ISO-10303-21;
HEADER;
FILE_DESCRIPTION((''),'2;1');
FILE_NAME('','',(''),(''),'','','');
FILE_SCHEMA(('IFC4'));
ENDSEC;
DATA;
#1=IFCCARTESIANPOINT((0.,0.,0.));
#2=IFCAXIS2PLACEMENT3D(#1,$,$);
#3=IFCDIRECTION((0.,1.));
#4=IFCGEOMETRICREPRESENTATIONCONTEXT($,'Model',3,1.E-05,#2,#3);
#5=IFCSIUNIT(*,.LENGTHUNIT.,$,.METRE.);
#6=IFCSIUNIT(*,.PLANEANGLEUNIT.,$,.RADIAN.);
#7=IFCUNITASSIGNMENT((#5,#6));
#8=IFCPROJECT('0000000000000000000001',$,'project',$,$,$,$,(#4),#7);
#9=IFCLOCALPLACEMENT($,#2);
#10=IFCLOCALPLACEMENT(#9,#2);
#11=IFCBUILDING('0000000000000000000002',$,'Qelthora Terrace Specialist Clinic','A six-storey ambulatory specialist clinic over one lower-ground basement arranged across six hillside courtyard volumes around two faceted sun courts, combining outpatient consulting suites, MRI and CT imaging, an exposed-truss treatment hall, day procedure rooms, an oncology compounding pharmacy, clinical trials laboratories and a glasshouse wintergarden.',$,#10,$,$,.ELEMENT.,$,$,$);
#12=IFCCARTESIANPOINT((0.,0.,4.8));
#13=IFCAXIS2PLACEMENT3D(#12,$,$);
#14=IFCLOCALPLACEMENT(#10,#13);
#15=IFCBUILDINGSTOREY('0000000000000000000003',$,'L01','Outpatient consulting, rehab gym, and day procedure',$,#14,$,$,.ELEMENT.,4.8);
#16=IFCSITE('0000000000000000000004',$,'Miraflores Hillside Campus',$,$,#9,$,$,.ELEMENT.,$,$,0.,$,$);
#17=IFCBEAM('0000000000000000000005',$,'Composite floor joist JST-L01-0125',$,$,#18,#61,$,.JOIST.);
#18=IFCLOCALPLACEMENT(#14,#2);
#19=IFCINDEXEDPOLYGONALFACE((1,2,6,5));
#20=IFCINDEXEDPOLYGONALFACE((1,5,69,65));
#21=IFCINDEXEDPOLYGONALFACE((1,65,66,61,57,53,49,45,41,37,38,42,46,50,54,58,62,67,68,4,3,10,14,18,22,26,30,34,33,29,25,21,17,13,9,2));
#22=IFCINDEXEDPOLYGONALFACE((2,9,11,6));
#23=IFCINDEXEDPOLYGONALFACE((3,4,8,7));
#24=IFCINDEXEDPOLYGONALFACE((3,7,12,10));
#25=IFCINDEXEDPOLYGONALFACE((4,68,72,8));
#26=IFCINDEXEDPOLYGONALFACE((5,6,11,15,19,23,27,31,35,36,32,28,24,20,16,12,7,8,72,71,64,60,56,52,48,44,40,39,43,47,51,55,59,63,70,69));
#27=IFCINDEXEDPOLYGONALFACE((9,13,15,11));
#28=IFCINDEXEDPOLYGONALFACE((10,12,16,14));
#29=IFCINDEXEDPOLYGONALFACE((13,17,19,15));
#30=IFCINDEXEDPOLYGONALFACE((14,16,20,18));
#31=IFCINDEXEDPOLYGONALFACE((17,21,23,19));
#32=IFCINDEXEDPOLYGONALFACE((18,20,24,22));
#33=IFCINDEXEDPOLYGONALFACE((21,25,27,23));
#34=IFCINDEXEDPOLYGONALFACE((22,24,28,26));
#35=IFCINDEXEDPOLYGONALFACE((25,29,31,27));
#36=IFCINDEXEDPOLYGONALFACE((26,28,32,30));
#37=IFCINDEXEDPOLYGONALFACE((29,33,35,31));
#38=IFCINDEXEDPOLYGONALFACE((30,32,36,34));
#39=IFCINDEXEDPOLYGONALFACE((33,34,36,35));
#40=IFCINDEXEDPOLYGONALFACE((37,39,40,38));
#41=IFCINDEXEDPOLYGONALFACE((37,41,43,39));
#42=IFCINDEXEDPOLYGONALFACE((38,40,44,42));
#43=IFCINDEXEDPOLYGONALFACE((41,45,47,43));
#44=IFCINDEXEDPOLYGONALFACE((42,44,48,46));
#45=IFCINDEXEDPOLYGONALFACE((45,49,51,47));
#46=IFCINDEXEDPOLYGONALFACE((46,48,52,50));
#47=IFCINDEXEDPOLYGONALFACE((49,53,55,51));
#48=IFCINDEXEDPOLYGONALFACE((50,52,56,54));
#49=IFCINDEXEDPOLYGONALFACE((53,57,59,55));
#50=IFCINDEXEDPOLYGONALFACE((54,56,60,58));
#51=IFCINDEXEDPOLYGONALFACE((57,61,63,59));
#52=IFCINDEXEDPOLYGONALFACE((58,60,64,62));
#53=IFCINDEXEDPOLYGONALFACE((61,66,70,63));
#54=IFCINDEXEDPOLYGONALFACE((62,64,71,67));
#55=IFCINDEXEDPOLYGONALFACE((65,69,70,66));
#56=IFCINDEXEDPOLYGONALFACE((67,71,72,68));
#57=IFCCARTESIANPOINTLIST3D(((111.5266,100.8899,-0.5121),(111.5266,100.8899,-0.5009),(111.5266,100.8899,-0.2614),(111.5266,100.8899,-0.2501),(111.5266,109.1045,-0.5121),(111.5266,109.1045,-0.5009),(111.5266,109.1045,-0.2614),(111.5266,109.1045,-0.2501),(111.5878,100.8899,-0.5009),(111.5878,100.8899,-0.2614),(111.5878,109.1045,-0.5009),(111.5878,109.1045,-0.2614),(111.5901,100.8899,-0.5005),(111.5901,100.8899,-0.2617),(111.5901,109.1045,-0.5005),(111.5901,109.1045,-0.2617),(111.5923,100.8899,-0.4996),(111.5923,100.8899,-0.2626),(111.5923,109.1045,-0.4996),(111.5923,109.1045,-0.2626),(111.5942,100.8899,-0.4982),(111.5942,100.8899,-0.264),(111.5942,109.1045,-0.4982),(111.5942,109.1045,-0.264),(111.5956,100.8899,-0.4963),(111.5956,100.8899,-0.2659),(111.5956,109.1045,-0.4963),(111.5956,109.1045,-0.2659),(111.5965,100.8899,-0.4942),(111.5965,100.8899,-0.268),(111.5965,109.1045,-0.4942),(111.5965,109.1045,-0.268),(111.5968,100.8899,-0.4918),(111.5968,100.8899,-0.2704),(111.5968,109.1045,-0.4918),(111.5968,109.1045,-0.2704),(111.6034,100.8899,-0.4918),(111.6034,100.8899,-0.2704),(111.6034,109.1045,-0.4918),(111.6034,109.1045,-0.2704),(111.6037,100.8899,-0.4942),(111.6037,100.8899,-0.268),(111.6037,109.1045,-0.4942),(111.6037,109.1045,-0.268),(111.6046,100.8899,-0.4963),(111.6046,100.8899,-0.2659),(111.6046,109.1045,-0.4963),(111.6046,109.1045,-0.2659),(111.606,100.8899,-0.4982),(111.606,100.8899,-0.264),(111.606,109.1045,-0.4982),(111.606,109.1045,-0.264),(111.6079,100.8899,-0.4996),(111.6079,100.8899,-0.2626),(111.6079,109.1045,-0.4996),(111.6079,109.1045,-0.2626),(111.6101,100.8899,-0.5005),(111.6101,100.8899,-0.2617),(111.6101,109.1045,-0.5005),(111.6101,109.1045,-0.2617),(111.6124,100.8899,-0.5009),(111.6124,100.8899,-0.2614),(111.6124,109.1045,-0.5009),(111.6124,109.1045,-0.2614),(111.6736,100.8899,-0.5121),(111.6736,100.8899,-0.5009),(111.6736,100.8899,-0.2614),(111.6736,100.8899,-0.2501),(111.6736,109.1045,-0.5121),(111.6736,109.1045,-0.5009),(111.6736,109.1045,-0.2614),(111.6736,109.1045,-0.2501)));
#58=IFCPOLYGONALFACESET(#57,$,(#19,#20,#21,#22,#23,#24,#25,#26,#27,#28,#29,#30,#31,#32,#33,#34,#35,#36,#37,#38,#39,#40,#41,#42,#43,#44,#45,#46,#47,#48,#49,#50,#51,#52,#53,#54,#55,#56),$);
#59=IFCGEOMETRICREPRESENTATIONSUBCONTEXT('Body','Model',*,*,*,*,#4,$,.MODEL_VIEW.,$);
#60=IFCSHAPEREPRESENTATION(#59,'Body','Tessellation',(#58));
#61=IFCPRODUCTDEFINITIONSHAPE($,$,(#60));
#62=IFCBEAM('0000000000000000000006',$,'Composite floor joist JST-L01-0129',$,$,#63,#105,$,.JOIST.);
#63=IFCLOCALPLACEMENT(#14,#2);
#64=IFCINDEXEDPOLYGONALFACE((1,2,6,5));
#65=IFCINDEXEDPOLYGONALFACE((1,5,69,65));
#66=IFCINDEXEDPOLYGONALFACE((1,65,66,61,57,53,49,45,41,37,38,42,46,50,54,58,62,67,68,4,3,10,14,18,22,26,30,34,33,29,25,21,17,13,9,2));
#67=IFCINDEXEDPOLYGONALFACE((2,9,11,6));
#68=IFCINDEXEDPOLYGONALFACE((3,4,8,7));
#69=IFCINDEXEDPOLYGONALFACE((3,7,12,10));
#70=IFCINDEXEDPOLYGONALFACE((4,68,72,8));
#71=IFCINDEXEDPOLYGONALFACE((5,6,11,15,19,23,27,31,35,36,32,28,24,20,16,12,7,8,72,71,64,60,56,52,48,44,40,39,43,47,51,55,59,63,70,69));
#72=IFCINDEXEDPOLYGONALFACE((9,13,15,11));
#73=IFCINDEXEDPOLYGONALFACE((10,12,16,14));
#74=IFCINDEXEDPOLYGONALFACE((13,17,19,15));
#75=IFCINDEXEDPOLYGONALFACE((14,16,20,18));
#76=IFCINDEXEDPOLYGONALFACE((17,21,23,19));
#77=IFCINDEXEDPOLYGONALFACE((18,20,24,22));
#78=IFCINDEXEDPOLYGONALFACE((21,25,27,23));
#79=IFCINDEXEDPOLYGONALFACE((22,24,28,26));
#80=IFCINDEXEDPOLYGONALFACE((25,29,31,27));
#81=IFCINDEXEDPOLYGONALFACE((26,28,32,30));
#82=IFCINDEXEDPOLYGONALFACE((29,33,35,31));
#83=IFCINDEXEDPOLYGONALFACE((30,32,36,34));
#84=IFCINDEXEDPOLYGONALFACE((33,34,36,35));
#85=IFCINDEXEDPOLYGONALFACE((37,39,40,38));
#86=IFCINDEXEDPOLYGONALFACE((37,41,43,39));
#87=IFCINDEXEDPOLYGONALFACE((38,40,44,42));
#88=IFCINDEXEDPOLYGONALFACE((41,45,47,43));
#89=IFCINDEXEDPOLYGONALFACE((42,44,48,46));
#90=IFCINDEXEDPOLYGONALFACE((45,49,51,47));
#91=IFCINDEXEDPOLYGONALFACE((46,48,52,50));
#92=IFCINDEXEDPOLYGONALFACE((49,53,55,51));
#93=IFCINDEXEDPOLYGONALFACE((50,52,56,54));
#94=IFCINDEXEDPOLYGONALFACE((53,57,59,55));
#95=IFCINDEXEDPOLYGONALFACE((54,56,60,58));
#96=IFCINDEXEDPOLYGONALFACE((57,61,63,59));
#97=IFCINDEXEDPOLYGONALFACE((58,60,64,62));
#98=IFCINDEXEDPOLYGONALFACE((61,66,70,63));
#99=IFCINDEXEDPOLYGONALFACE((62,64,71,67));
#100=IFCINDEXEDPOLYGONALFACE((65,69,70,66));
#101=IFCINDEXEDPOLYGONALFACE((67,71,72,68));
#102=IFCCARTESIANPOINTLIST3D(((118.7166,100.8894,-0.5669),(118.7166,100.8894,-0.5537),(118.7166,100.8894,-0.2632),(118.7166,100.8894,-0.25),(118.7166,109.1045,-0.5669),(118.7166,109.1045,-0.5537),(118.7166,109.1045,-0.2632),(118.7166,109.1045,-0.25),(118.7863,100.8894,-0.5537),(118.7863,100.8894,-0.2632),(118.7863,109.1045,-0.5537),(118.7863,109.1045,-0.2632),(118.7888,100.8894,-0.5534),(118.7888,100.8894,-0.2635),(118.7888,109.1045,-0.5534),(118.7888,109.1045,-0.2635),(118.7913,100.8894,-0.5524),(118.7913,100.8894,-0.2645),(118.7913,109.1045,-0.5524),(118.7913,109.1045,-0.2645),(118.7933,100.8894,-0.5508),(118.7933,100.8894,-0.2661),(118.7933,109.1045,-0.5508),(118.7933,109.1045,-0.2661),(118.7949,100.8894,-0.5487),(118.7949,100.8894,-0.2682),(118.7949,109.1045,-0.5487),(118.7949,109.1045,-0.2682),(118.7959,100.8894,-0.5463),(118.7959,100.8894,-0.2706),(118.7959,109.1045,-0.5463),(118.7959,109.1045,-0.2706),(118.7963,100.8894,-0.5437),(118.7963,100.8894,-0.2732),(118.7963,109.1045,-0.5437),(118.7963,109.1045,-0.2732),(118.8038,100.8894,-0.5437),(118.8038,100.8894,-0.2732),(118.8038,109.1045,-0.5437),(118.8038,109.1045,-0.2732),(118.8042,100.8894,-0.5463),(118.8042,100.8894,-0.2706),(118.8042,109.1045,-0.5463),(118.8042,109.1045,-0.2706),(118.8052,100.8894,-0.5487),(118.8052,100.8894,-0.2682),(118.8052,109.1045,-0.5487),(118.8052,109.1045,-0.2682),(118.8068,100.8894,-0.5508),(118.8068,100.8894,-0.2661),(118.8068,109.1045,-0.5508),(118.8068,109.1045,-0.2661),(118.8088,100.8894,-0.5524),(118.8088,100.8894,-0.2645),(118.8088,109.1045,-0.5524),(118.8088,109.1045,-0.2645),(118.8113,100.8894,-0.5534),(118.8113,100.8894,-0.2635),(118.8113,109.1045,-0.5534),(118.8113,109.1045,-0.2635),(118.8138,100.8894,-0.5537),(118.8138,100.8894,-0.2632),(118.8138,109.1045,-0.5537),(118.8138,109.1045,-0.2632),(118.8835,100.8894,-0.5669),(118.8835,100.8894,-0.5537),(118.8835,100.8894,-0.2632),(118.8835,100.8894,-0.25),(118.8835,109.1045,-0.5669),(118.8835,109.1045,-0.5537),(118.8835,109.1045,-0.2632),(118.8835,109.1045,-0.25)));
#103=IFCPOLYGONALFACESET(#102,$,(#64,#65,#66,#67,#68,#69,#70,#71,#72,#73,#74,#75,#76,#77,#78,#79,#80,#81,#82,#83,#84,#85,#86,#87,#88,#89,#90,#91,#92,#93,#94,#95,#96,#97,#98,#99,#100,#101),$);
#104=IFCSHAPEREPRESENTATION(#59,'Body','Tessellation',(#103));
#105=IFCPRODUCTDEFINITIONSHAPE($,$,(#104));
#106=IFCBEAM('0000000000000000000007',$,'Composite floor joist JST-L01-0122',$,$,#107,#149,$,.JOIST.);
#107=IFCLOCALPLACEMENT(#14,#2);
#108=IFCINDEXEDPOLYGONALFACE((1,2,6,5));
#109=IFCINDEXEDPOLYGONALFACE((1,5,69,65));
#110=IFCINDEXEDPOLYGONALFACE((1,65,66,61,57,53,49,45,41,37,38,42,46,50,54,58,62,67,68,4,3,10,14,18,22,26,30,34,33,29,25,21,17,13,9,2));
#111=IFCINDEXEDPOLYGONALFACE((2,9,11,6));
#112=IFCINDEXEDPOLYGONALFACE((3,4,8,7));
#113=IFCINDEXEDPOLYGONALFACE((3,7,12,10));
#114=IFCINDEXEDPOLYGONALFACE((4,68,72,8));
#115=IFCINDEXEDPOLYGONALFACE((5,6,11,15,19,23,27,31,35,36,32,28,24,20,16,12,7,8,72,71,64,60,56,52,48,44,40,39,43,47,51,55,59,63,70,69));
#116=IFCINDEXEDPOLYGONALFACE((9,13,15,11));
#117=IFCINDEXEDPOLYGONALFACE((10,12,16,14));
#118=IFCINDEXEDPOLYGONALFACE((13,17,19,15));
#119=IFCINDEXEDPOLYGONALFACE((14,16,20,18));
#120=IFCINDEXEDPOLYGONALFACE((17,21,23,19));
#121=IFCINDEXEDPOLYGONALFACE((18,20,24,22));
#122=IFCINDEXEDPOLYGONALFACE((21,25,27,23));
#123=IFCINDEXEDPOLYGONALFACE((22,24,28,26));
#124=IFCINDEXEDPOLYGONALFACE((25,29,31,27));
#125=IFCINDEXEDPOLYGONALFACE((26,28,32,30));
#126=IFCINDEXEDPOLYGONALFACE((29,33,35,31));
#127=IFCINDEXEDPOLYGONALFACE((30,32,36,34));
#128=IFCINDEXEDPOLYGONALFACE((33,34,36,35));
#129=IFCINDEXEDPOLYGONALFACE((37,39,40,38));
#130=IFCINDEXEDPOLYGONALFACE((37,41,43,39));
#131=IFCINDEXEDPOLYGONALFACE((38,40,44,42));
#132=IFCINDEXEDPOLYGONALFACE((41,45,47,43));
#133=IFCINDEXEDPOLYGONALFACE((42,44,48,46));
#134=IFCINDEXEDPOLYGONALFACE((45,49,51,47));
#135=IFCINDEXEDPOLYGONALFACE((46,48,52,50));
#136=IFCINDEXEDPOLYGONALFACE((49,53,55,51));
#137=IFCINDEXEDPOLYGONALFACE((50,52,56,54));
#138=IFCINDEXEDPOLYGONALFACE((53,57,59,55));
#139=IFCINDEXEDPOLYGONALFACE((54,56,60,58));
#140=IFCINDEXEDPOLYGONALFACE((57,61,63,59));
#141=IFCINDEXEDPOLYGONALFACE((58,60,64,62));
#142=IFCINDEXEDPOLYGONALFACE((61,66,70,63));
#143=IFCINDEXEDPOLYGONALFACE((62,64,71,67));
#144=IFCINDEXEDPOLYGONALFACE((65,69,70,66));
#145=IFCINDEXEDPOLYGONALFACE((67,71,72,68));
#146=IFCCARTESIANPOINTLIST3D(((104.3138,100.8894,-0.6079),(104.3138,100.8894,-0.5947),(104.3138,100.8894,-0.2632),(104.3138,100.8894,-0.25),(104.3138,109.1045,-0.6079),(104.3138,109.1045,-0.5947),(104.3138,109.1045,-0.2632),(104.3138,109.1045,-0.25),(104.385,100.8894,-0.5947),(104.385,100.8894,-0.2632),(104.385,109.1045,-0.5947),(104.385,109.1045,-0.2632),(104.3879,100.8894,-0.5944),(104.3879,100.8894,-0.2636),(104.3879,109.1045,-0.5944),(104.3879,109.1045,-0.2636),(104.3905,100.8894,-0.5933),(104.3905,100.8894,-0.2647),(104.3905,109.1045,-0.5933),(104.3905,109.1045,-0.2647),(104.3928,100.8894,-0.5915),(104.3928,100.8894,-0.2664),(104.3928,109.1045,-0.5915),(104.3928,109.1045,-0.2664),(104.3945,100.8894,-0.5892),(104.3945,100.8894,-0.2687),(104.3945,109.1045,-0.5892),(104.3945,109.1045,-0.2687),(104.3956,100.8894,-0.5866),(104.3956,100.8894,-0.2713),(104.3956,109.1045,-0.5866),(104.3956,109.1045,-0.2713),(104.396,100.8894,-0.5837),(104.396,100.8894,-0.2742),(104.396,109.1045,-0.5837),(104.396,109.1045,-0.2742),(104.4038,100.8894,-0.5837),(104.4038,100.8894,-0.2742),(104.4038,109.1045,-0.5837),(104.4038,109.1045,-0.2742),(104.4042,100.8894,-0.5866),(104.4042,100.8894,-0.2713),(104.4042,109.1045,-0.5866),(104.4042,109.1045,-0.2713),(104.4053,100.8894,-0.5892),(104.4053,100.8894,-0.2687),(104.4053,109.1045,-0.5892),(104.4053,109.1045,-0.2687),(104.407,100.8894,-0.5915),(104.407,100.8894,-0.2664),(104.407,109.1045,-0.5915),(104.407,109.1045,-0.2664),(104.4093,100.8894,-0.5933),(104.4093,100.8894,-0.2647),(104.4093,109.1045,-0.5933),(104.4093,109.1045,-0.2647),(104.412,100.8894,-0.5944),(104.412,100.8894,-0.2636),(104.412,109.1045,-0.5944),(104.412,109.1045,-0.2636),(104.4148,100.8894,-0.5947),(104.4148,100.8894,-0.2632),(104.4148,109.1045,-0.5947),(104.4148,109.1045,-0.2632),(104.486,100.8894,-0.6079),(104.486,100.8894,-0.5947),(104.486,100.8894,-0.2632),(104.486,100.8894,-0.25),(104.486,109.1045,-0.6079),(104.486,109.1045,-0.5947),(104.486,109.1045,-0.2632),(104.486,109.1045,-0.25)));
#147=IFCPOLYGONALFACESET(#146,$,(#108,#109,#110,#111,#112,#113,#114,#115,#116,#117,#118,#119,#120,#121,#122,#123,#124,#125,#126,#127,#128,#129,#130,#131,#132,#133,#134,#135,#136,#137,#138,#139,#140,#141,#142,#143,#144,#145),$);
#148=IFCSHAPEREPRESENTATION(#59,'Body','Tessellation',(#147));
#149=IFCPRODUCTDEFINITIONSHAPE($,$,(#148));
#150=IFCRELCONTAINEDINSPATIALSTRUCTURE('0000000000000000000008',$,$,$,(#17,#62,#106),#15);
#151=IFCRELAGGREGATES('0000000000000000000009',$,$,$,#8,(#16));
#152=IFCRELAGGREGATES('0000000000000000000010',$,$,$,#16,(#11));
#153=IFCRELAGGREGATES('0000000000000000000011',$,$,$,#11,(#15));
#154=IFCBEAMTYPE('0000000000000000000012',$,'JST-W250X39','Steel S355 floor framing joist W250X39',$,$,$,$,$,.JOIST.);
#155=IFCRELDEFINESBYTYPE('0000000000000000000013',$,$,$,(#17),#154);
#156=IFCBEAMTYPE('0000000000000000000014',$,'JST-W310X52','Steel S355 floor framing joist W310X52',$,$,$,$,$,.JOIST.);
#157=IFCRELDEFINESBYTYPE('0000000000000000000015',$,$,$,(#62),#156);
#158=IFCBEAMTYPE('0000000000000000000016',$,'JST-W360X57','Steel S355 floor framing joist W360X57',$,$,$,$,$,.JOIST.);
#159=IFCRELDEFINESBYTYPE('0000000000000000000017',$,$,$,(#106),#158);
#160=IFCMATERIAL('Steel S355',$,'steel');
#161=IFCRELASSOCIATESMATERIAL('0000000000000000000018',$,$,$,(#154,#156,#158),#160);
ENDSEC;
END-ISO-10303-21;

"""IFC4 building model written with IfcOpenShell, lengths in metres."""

from ifc_helpers import new_model, si_unit, direction, frame, origin, origin_2d, place, context, subcontext, project, spatial, i_section, extrude, material, material_profile, profile_set, type_object, element, save


model = new_model("IFC4")

# Units and contexts
model_context = context("Model", 3, precision=1e-05, world=origin(), true_north=direction((0.0, 1.0)))
body_context = subcontext(model_context, "Body", "Model", "MODEL_VIEW")
ifc_project = project(units=[si_unit("LENGTHUNIT", "METRE"), si_unit("PLANEANGLEUNIT", "RADIAN")], contexts=[model_context])

# Site, building, storey
site_placement = place(None, origin())
site = spatial("IfcSite", under=ifc_project, at=site_placement, Name="Miraflores Hillside Campus", CompositionType="ELEMENT", RefElevation=0.0)
building_placement = place(site_placement, origin())
building = spatial("IfcBuilding", under=site, at=building_placement, Name="Qelthora Terrace Specialist Clinic", Description="A six-storey ambulatory specialist clinic over one lower-ground basement arranged across six hillside courtyard volumes around two faceted sun courts, combining outpatient consulting suites, MRI and CT imaging, an exposed-truss treatment hall, day procedure rooms, an oncology compounding pharmacy, clinical trials laboratories and a glasshouse wintergarden.", CompositionType="ELEMENT")
storey_placement = place(building_placement, frame((0.0, 0.0, 4.8)))
storey = spatial("IfcBuildingStorey", under=building, at=storey_placement, Name="L01", Description="Outpatient consulting, rehab gym, and day procedure", CompositionType="ELEMENT", Elevation=4.8)

# Shared definitions
ifc_material_1 = material(Name="Steel S355", Category="steel")

# Beams
ifc_material_profile_1 = material_profile(ifc_material_1, i_section(OverallWidth=0.147, OverallDepth=0.262, WebThickness=0.0066, FlangeThickness=0.0112, FilletRadius=0.009, at=origin_2d()), Name="W250X39")
ifc_profile_set_1 = profile_set([ifc_material_profile_1], Name="Steel S355")
beam_type_1 = type_object("IfcBeamType", Name="JST-W250X39", Description="Steel S355 floor framing joist W250X39", PredefinedType="JOIST", material=ifc_profile_set_1)
beam_1_placement = place(storey_placement, frame((111.6001, 100.8899, -0.3811), z_axis=(0.0, 1.0, 0.0), x_axis=(-1.0, 0.0, 0.0)))
element("IfcBeam", 1, at=beam_1_placement, inside=storey, type_object=beam_type_1, Name="Composite floor joist JST-L01-0125", PredefinedType="JOIST", context=body_context, shape_type="SweptSolid", body=[
    extrude(i_section(OverallWidth=0.147, OverallDepth=0.262, WebThickness=0.0066, FlangeThickness=0.0112, FilletRadius=0.009, at=origin_2d()), origin(), (0.0, 0.0, 1.0), 8.2146),
])
ifc_material_profile_2 = material_profile(ifc_material_1, i_section(OverallWidth=0.167, OverallDepth=0.3169, WebThickness=0.0076, FlangeThickness=0.0132, FilletRadius=0.01, at=origin_2d()), Name="W310X52")
ifc_profile_set_2 = profile_set([ifc_material_profile_2], Name="Steel S355")
beam_type_2 = type_object("IfcBeamType", Name="JST-W310X52", Description="Steel S355 floor framing joist W310X52", PredefinedType="JOIST", material=ifc_profile_set_2)
beam_2_placement = place(storey_placement, frame((118.8, 100.8894, -0.4084), z_axis=(0.0, 1.0, 0.0), x_axis=(-1.0, 0.0, 0.0)))
element("IfcBeam", 2, at=beam_2_placement, inside=storey, type_object=beam_type_2, Name="Composite floor joist JST-L01-0129", PredefinedType="JOIST", context=body_context, shape_type="SweptSolid", body=[
    extrude(i_section(OverallWidth=0.167, OverallDepth=0.3169, WebThickness=0.0076, FlangeThickness=0.0132, FilletRadius=0.01, at=origin_2d()), origin(), (0.0, 0.0, 1.0), 8.2151),
])
ifc_material_profile_3 = material_profile(ifc_material_1, i_section(OverallWidth=0.1721, OverallDepth=0.3579, WebThickness=0.0078, FlangeThickness=0.0132, FilletRadius=0.011, at=origin_2d()), Name="W360X57")
ifc_profile_set_3 = profile_set([ifc_material_profile_3], Name="Steel S355")
beam_type_3 = type_object("IfcBeamType", Name="JST-W360X57", Description="Steel S355 floor framing joist W360X57", PredefinedType="JOIST", material=ifc_profile_set_3)
beam_3_placement = place(storey_placement, frame((104.3999, 100.8894, -0.429), z_axis=(0.0, 1.0, 0.0), x_axis=(-1.0, 0.0, 0.0)))
element("IfcBeam", 3, at=beam_3_placement, inside=storey, type_object=beam_type_3, Name="Composite floor joist JST-L01-0122", PredefinedType="JOIST", context=body_context, shape_type="SweptSolid", body=[
    extrude(i_section(OverallWidth=0.1721, OverallDepth=0.3579, WebThickness=0.0078, FlangeThickness=0.0132, FilletRadius=0.011, at=origin_2d()), origin(), (0.0, 0.0, 1.0), 8.2151),
])

save(model, "model.ifc")
